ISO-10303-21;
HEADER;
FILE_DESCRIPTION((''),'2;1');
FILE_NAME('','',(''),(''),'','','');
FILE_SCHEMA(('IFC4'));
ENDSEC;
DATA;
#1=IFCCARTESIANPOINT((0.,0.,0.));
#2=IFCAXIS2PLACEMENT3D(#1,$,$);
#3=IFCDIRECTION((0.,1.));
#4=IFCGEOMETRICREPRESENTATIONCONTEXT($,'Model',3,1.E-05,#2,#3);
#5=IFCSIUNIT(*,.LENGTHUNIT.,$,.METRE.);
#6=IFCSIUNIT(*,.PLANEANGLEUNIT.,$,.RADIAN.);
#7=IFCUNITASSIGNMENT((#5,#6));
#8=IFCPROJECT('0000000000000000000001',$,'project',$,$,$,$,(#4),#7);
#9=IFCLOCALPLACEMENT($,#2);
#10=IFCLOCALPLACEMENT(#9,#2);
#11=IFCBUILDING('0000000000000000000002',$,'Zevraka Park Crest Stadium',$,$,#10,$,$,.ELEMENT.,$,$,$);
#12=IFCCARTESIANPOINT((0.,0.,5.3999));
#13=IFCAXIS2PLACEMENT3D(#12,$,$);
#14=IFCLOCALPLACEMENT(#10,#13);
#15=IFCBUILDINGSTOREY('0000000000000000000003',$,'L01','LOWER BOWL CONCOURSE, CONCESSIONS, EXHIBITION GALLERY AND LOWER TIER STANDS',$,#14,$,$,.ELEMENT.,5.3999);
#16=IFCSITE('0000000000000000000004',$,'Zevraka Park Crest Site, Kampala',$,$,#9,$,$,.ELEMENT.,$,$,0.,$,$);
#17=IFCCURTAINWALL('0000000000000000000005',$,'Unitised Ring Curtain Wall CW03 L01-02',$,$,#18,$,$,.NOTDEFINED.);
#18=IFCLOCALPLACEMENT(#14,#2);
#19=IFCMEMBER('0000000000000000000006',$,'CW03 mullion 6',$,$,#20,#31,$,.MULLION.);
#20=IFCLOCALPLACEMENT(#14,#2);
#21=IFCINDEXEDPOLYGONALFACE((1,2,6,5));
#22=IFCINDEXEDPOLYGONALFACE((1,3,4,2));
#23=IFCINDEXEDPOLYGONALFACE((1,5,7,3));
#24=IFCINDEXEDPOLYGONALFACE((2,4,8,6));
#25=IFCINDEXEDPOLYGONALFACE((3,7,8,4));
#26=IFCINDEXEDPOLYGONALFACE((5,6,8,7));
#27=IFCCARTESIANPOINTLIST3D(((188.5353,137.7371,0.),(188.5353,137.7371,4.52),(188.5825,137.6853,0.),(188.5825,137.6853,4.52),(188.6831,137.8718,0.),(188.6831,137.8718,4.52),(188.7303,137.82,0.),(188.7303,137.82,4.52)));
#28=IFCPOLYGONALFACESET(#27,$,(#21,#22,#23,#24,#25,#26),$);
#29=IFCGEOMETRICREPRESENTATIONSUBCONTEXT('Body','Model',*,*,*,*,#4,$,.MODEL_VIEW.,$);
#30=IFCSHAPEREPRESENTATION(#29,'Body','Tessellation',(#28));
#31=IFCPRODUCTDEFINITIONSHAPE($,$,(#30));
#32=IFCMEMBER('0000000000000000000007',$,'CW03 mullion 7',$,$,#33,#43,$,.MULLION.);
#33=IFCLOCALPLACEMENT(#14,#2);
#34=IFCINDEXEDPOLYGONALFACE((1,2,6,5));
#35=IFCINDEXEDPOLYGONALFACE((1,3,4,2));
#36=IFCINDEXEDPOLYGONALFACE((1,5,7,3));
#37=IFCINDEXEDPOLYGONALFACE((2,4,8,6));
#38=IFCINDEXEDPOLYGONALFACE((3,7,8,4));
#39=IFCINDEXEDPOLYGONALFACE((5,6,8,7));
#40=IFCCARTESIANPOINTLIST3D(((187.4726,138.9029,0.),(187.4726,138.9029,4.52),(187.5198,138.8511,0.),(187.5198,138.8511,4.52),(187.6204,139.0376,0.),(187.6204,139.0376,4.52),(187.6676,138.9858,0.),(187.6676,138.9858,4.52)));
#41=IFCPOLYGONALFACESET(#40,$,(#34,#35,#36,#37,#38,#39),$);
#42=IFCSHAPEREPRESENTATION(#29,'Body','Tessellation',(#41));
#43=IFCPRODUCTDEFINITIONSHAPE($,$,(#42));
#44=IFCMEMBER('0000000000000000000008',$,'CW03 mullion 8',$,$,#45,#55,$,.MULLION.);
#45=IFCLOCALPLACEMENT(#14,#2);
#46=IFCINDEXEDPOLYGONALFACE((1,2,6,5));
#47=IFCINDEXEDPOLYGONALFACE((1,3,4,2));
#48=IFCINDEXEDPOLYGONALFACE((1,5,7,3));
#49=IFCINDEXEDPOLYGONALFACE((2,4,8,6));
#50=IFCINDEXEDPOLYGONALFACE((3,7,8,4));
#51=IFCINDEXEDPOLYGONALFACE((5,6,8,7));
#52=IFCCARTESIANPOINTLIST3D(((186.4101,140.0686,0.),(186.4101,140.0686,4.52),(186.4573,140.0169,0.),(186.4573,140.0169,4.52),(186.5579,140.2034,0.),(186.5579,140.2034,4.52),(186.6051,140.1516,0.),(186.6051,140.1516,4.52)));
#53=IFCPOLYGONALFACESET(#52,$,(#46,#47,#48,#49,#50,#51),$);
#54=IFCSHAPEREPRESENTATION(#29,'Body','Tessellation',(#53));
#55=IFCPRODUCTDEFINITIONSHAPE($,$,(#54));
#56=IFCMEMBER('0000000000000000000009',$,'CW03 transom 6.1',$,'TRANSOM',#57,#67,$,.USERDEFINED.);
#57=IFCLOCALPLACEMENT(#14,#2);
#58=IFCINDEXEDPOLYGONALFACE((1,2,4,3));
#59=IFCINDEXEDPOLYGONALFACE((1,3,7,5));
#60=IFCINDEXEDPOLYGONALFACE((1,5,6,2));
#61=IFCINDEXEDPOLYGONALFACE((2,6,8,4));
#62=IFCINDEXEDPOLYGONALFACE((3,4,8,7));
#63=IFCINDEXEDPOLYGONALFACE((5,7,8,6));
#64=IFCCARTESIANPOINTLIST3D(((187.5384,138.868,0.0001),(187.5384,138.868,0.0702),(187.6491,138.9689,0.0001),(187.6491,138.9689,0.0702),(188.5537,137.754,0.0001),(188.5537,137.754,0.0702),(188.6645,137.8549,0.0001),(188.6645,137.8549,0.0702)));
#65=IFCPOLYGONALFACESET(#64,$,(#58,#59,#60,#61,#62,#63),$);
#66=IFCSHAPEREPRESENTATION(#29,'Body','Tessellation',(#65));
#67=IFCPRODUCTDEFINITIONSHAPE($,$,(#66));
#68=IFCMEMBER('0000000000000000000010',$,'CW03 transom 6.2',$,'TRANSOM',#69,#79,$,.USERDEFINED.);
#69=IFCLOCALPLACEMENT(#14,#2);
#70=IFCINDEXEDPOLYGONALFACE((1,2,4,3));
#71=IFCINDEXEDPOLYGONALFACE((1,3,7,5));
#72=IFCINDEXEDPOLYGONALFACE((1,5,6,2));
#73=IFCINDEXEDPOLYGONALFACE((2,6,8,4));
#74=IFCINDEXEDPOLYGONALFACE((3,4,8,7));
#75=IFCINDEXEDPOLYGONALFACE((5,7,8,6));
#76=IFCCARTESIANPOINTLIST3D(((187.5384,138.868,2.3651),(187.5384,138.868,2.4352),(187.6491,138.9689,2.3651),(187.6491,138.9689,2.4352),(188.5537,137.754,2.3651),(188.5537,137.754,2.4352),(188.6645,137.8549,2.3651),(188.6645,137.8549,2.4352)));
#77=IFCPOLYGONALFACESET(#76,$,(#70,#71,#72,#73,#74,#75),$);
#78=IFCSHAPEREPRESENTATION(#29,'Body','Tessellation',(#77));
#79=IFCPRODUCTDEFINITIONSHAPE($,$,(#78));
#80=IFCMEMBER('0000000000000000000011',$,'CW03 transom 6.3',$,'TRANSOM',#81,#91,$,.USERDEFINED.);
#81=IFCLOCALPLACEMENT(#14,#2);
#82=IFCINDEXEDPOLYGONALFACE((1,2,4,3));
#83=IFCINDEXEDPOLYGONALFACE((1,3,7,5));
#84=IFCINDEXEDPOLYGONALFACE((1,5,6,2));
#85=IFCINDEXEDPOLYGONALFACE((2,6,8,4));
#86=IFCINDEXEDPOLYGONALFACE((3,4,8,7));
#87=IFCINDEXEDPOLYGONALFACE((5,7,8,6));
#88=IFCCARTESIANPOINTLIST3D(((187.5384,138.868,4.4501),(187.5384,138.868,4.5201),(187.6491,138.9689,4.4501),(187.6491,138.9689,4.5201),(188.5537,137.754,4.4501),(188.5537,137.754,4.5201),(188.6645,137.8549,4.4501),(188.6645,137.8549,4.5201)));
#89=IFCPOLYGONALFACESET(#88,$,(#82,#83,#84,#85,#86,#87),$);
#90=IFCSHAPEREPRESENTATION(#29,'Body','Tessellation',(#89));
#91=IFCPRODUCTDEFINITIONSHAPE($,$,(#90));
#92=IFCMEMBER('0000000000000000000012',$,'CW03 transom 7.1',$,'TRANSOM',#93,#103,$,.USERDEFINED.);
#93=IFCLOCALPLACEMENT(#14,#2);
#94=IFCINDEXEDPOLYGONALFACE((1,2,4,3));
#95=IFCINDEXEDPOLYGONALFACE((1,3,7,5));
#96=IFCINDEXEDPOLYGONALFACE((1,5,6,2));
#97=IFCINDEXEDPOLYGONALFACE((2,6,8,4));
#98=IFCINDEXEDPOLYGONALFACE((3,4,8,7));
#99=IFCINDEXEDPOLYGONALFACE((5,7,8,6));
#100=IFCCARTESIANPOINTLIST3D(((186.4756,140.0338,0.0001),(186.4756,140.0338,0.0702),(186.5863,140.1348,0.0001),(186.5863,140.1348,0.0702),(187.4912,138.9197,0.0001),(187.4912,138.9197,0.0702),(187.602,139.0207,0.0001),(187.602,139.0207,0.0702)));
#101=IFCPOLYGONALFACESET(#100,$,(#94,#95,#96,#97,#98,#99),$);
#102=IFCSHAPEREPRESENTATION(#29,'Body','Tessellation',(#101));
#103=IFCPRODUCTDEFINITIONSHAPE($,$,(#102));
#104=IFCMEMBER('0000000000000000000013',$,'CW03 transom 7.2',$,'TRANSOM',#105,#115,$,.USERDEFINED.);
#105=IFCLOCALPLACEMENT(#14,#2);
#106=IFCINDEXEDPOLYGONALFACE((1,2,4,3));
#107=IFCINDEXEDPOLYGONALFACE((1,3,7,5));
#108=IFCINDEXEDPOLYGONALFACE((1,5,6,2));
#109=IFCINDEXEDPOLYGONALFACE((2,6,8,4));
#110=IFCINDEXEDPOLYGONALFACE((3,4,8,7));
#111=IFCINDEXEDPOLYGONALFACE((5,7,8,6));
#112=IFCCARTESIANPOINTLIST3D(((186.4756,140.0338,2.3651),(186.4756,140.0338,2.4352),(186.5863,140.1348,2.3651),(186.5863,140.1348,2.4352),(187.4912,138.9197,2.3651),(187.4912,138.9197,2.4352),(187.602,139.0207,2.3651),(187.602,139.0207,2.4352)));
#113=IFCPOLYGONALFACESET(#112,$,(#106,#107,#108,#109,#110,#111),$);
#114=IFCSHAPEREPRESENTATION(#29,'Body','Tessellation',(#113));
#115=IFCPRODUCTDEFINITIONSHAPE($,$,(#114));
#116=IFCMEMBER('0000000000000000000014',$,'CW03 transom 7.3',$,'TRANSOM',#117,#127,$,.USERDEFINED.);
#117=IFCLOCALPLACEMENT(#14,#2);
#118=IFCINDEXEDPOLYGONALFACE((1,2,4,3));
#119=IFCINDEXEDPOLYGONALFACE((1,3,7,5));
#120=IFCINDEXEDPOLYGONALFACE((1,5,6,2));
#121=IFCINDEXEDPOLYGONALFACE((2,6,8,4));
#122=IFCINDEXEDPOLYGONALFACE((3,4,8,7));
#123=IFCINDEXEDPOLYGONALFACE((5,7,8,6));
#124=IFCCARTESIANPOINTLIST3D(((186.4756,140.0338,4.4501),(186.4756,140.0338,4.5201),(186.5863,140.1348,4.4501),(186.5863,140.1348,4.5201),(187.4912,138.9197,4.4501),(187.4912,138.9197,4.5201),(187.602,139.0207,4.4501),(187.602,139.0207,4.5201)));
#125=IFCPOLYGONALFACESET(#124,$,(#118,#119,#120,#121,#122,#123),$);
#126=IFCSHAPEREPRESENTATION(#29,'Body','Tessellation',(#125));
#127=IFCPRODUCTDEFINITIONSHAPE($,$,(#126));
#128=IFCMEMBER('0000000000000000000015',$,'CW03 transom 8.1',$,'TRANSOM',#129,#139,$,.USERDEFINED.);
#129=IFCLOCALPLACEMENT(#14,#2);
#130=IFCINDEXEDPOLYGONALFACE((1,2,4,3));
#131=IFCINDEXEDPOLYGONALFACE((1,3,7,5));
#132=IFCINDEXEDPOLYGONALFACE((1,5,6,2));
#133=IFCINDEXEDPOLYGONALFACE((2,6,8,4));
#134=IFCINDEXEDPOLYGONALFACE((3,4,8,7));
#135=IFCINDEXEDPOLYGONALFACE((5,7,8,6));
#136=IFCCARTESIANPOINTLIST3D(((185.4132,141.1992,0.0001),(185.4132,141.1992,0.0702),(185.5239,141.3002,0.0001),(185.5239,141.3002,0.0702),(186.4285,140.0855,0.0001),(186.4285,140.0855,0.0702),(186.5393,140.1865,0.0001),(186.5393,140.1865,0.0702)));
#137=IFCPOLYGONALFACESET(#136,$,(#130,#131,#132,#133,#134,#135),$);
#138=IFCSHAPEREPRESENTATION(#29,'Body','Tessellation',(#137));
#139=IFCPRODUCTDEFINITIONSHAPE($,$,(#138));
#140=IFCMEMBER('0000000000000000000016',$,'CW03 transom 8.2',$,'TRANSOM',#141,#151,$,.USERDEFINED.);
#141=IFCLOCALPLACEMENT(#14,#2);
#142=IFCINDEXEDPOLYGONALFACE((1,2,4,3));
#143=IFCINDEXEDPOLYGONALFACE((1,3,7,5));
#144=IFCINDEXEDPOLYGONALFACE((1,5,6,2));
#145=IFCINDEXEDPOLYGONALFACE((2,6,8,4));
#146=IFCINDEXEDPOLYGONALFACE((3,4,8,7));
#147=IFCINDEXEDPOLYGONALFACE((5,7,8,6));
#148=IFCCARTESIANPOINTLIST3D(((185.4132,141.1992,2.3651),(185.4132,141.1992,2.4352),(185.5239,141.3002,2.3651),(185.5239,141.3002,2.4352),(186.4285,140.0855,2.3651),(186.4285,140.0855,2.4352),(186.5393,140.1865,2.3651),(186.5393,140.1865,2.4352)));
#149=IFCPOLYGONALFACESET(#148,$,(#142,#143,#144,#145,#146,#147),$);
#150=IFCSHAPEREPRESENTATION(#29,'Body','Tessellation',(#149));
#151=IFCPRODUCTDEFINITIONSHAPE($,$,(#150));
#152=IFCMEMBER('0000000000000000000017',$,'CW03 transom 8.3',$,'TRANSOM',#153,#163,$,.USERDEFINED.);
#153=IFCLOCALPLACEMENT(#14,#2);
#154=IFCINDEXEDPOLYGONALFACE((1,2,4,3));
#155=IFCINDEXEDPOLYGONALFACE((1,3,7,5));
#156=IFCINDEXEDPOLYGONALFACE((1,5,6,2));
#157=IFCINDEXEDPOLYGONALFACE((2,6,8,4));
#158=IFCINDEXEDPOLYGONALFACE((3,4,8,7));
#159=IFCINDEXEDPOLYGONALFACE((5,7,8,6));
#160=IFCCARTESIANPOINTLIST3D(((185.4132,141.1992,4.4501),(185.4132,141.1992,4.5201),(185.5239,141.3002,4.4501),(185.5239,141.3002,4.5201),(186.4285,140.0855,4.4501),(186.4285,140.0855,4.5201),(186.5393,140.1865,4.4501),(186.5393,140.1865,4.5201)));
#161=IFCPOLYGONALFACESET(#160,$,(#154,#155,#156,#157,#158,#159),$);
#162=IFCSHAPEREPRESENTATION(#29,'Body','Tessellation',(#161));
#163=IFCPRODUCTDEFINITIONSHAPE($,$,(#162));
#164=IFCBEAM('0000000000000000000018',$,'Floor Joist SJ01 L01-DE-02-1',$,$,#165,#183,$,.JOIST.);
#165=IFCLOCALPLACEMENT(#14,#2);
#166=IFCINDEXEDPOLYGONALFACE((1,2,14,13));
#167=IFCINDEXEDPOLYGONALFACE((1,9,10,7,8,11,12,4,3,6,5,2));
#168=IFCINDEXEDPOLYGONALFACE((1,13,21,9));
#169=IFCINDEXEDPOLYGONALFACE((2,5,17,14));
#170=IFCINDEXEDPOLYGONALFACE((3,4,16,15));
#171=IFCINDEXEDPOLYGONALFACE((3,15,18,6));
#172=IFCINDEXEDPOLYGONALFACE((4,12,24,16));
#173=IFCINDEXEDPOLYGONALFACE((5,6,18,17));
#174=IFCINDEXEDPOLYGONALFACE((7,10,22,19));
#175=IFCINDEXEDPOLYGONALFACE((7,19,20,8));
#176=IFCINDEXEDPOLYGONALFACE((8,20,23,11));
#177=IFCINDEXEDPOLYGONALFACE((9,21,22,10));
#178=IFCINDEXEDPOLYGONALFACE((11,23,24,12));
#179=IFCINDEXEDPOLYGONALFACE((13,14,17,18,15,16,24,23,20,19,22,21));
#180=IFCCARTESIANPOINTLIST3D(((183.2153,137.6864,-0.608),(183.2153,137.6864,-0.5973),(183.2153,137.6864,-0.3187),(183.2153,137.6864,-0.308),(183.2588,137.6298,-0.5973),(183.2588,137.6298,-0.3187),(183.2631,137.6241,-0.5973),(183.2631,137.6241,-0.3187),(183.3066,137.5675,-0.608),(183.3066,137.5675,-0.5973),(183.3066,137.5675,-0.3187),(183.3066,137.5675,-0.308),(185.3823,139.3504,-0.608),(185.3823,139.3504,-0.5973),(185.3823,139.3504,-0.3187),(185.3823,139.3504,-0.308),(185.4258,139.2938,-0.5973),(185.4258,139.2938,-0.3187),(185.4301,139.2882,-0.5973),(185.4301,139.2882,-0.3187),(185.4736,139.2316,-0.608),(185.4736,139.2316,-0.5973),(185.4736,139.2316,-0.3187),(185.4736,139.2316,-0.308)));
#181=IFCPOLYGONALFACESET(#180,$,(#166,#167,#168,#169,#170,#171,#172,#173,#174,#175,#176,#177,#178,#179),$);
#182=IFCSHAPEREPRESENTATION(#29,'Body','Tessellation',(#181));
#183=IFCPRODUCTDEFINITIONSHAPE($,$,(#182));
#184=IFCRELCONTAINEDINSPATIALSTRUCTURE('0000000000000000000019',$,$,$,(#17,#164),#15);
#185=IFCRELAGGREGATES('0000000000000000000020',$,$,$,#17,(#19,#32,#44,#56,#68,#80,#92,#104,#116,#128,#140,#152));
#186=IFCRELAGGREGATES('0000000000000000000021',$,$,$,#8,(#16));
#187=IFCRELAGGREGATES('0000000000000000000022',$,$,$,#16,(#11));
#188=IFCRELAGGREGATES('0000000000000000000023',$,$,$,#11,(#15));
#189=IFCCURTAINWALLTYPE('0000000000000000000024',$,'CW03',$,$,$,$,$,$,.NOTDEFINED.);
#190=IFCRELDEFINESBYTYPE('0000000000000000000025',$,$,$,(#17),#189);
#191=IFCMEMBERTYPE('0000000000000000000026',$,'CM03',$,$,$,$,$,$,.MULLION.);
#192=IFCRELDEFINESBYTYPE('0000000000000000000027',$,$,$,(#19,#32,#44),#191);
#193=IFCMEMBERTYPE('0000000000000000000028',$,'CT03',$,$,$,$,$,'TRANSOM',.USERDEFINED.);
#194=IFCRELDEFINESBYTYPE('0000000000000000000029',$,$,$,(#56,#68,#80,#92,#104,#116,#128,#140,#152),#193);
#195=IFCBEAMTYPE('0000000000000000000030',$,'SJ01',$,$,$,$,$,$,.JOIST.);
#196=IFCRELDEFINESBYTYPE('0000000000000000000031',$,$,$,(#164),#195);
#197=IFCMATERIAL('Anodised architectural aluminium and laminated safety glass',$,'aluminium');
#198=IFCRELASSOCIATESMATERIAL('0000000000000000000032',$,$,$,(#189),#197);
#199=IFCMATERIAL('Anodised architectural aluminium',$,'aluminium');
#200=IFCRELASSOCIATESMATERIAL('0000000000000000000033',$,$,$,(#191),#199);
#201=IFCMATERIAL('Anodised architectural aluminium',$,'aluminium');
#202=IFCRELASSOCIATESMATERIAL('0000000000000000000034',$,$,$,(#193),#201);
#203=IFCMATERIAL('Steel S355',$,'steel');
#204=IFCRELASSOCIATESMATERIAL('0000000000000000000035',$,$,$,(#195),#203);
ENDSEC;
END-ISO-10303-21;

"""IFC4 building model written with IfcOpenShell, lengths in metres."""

from ifc_helpers import new_model, si_unit, direction, frame, origin, origin_2d, place, context, subcontext, project, spatial, rectangle, i_section, extrude, material, material_profile, profile_set, type_object, element, aggregate, save


model = new_model("IFC4")

# Units and contexts
model_context = context("Model", 3, precision=1e-05, world=origin(), true_north=direction((0.0, 1.0)))
body_context = subcontext(model_context, "Body", "Model", "MODEL_VIEW")
ifc_project = project(units=[si_unit("LENGTHUNIT", "METRE"), si_unit("PLANEANGLEUNIT", "RADIAN")], contexts=[model_context])

# Site, building, storey
site_placement = place(None, origin())
site = spatial("IfcSite", under=ifc_project, at=site_placement, Name="Zevraka Park Crest Site, Kampala", CompositionType="ELEMENT", RefElevation=0.0)
building_placement = place(site_placement, origin())
building = spatial("IfcBuilding", under=site, at=building_placement, Name="Zevraka Park Crest Stadium", CompositionType="ELEMENT")
storey_placement = place(building_placement, frame((0.0, 0.0, 5.3999)))
storey = spatial("IfcBuildingStorey", under=building, at=storey_placement, Name="L01", Description="LOWER BOWL CONCOURSE, CONCESSIONS, EXHIBITION GALLERY AND LOWER TIER STANDS", CompositionType="ELEMENT", Elevation=5.3999)

# Curtain wall, members
ifc_material_1 = material(Name="Anodised architectural aluminium and laminated safety glass", Category="aluminium")
curtain_wall_type = type_object("IfcCurtainWallType", Name="CW03", PredefinedType="NOTDEFINED", material=ifc_material_1)
curtain_wall_placement = place(storey_placement, origin())
curtain_wall = element("IfcCurtainWall", 1, at=curtain_wall_placement, inside=storey, type_object=curtain_wall_type, Name="Unitised Ring Curtain Wall CW03 L01-02", PredefinedType="NOTDEFINED")
ifc_material_2 = material(Name="Anodised architectural aluminium", Category="aluminium")
ifc_material_profile_1 = material_profile(ifc_material_2, rectangle(XDim=0.2, YDim=0.0701, at=origin_2d()), Name="ALU MULLION 200x70")
ifc_profile_set_1 = profile_set([ifc_material_profile_1], Name="Anodised architectural aluminium")
member_type_1 = type_object("IfcMemberType", Name="CM03", PredefinedType="MULLION", material=ifc_profile_set_1)
member_1_placement = place(storey_placement, frame((188.6328, 137.7786, 0.0), z_axis=(0.0, 0.0, 1.0), x_axis=(-0.739023, -0.67368, 0.0)))
member_1 = element("IfcMember", 2, at=member_1_placement, type_object=member_type_1, Name="CW03 mullion 6", PredefinedType="MULLION", context=body_context, shape_type="SweptSolid", body=[
    extrude(rectangle(XDim=0.2, YDim=0.0701, at=origin_2d()), origin(), (0.0, 0.0, 1.0), 4.52),
])
member_2_placement = place(storey_placement, frame((187.5701, 138.9443, 0.0), z_axis=(0.0, 0.0, 1.0), x_axis=(-0.739023, -0.67368, 0.0)))
member_2 = element("IfcMember", 3, at=member_2_placement, type_object=member_type_1, Name="CW03 mullion 7", PredefinedType="MULLION", context=body_context, shape_type="SweptSolid", body=[
    extrude(rectangle(XDim=0.2, YDim=0.0701, at=origin_2d()), origin(), (0.0, 0.0, 1.0), 4.52),
])
member_3_placement = place(storey_placement, frame((186.5076, 140.1101, 0.0), z_axis=(0.0, 0.0, 1.0), x_axis=(-0.739023, -0.67368, 0.0)))
member_3 = element("IfcMember", 4, at=member_3_placement, type_object=member_type_1, Name="CW03 mullion 8", PredefinedType="MULLION", context=body_context, shape_type="SweptSolid", body=[
    extrude(rectangle(XDim=0.2, YDim=0.0701, at=origin_2d()), origin(), (0.0, 0.0, 1.0), 4.52),
])
ifc_material_3 = material(Name="Anodised architectural aluminium", Category="aluminium")
ifc_material_profile_2 = material_profile(ifc_material_3, rectangle(XDim=0.1499, YDim=0.0701, at=origin_2d()), Name="ALU TRANSOM 150x70")
ifc_profile_set_2 = profile_set([ifc_material_profile_2], Name="Anodised architectural aluminium")
member_type_2 = type_object("IfcMemberType", Name="CT03", ElementType="TRANSOM", PredefinedType="USERDEFINED", material=ifc_profile_set_2)
member_4_placement = place(storey_placement, frame((188.6091, 137.8044, 0.0352), z_axis=(-0.673632, 0.739067, 0.0), x_axis=(-0.739067, -0.673632, 0.0)))
member_4 = element("IfcMember", 5, at=member_4_placement, type_object=member_type_2, Name="CW03 transom 6.1", ObjectType="TRANSOM", PredefinedType="USERDEFINED", context=body_context, shape_type="SweptSolid", body=[
    extrude(rectangle(XDim=0.1499, YDim=0.0701, at=origin_2d()), origin(), (0.0, 0.0, 1.0), 1.5073),
])
member_5_placement = place(storey_placement, frame((188.6091, 137.8044, 2.4001), z_axis=(-0.673632, 0.739067, 0.0), x_axis=(-0.739067, -0.673632, 0.0)))
member_5 = element("IfcMember", 6, at=member_5_placement, type_object=member_type_2, Name="CW03 transom 6.2", ObjectType="TRANSOM", PredefinedType="USERDEFINED", context=body_context, shape_type="SweptSolid", body=[
    extrude(rectangle(XDim=0.1499, YDim=0.0701, at=origin_2d()), origin(), (0.0, 0.0, 1.0), 1.5073),
])
member_6_placement = place(storey_placement, frame((188.6091, 137.8044, 4.4851), z_axis=(-0.673632, 0.739067, 0.0), x_axis=(-0.739067, -0.673632, 0.0)))
member_6 = element("IfcMember", 7, at=member_6_placement, type_object=member_type_2, Name="CW03 transom 6.3", ObjectType="TRANSOM", PredefinedType="USERDEFINED", context=body_context, shape_type="SweptSolid", body=[
    extrude(rectangle(XDim=0.1499, YDim=0.0701, at=origin_2d()), origin(), (0.0, 0.0, 1.0), 1.5073),
])
member_7_placement = place(storey_placement, frame((187.5466, 138.9702, 0.0352), z_axis=(-0.67372, 0.738987, 0.0), x_axis=(-0.738987, -0.67372, 0.0)))
member_7 = element("IfcMember", 8, at=member_7_placement, type_object=member_type_2, Name="CW03 transom 7.1", ObjectType="TRANSOM", PredefinedType="USERDEFINED", context=body_context, shape_type="SweptSolid", body=[
    extrude(rectangle(XDim=0.1499, YDim=0.0701, at=origin_2d()), origin(), (0.0, 0.0, 1.0), 1.5076),
])
member_8_placement = place(storey_placement, frame((187.5466, 138.9702, 2.4001), z_axis=(-0.67372, 0.738987, 0.0), x_axis=(-0.738987, -0.67372, 0.0)))
member_8 = element("IfcMember", 9, at=member_8_placement, type_object=member_type_2, Name="CW03 transom 7.2", ObjectType="TRANSOM", PredefinedType="USERDEFINED", context=body_context, shape_type="SweptSolid", body=[
    extrude(rectangle(XDim=0.1499, YDim=0.0701, at=origin_2d()), origin(), (0.0, 0.0, 1.0), 1.5076),
])
member_9_placement = place(storey_placement, frame((187.5466, 138.9702, 4.4851), z_axis=(-0.67372, 0.738987, 0.0), x_axis=(-0.738987, -0.67372, 0.0)))
member_9 = element("IfcMember", 10, at=member_9_placement, type_object=member_type_2, Name="CW03 transom 7.3", ObjectType="TRANSOM", PredefinedType="USERDEFINED", context=body_context, shape_type="SweptSolid", body=[
    extrude(rectangle(XDim=0.1499, YDim=0.0701, at=origin_2d()), origin(), (0.0, 0.0, 1.0), 1.5076),
])
member_10_placement = place(storey_placement, frame((186.4839, 140.136, 0.0352), z_axis=(-0.673712, 0.738994, 0.0), x_axis=(-0.738994, -0.673712, 0.0)))
member_10 = element("IfcMember", 11, at=member_10_placement, type_object=member_type_2, Name="CW03 transom 8.1", ObjectType="TRANSOM", PredefinedType="USERDEFINED", context=body_context, shape_type="SweptSolid", body=[
    extrude(rectangle(XDim=0.1499, YDim=0.0701, at=origin_2d()), origin(), (0.0, 0.0, 1.0), 1.5071),
])
member_11_placement = place(storey_placement, frame((186.4839, 140.136, 2.4001), z_axis=(-0.673712, 0.738994, 0.0), x_axis=(-0.738994, -0.673712, 0.0)))
member_11 = element("IfcMember", 12, at=member_11_placement, type_object=member_type_2, Name="CW03 transom 8.2", ObjectType="TRANSOM", PredefinedType="USERDEFINED", context=body_context, shape_type="SweptSolid", body=[
    extrude(rectangle(XDim=0.1499, YDim=0.0701, at=origin_2d()), origin(), (0.0, 0.0, 1.0), 1.5071),
])
member_12_placement = place(storey_placement, frame((186.4839, 140.136, 4.4851), z_axis=(-0.673712, 0.738994, 0.0), x_axis=(-0.738994, -0.673712, 0.0)))
member_12 = element("IfcMember", 13, at=member_12_placement, type_object=member_type_2, Name="CW03 transom 8.3", ObjectType="TRANSOM", PredefinedType="USERDEFINED", context=body_context, shape_type="SweptSolid", body=[
    extrude(rectangle(XDim=0.1499, YDim=0.0701, at=origin_2d()), origin(), (0.0, 0.0, 1.0), 1.5071),
])

# Beam
ifc_material_4 = material(Name="Steel S355", Category="steel")
ifc_material_profile_3 = material_profile(ifc_material_4, i_section(OverallWidth=0.1499, OverallDepth=0.3, WebThickness=0.0071, FlangeThickness=0.0107, at=origin_2d()), Name="IPE 300")
ifc_profile_set_3 = profile_set([ifc_material_profile_3], Name="Steel S355")
beam_type = type_object("IfcBeamType", Name="SJ01", PredefinedType="JOIST", material=ifc_profile_set_3)
beam_placement = place(storey_placement, frame((183.261, 137.627, -0.458), z_axis=(0.793129, 0.609054, 0.0), x_axis=(-0.609054, 0.793129, 0.0)))
element("IfcBeam", 14, at=beam_placement, inside=storey, type_object=beam_type, Name="Floor Joist SJ01 L01-DE-02-1", PredefinedType="JOIST", context=body_context, shape_type="SweptSolid", body=[
    extrude(i_section(OverallWidth=0.1499, OverallDepth=0.3, WebThickness=0.0071, FlangeThickness=0.0107, at=origin_2d()), origin(), (0.0, 0.0, 1.0), 2.7322),
])

aggregate(curtain_wall, [member_1, member_2, member_3, member_4, member_5, member_6, member_7, member_8, member_9, member_10, member_11, member_12])

save(model, "model.ifc")
